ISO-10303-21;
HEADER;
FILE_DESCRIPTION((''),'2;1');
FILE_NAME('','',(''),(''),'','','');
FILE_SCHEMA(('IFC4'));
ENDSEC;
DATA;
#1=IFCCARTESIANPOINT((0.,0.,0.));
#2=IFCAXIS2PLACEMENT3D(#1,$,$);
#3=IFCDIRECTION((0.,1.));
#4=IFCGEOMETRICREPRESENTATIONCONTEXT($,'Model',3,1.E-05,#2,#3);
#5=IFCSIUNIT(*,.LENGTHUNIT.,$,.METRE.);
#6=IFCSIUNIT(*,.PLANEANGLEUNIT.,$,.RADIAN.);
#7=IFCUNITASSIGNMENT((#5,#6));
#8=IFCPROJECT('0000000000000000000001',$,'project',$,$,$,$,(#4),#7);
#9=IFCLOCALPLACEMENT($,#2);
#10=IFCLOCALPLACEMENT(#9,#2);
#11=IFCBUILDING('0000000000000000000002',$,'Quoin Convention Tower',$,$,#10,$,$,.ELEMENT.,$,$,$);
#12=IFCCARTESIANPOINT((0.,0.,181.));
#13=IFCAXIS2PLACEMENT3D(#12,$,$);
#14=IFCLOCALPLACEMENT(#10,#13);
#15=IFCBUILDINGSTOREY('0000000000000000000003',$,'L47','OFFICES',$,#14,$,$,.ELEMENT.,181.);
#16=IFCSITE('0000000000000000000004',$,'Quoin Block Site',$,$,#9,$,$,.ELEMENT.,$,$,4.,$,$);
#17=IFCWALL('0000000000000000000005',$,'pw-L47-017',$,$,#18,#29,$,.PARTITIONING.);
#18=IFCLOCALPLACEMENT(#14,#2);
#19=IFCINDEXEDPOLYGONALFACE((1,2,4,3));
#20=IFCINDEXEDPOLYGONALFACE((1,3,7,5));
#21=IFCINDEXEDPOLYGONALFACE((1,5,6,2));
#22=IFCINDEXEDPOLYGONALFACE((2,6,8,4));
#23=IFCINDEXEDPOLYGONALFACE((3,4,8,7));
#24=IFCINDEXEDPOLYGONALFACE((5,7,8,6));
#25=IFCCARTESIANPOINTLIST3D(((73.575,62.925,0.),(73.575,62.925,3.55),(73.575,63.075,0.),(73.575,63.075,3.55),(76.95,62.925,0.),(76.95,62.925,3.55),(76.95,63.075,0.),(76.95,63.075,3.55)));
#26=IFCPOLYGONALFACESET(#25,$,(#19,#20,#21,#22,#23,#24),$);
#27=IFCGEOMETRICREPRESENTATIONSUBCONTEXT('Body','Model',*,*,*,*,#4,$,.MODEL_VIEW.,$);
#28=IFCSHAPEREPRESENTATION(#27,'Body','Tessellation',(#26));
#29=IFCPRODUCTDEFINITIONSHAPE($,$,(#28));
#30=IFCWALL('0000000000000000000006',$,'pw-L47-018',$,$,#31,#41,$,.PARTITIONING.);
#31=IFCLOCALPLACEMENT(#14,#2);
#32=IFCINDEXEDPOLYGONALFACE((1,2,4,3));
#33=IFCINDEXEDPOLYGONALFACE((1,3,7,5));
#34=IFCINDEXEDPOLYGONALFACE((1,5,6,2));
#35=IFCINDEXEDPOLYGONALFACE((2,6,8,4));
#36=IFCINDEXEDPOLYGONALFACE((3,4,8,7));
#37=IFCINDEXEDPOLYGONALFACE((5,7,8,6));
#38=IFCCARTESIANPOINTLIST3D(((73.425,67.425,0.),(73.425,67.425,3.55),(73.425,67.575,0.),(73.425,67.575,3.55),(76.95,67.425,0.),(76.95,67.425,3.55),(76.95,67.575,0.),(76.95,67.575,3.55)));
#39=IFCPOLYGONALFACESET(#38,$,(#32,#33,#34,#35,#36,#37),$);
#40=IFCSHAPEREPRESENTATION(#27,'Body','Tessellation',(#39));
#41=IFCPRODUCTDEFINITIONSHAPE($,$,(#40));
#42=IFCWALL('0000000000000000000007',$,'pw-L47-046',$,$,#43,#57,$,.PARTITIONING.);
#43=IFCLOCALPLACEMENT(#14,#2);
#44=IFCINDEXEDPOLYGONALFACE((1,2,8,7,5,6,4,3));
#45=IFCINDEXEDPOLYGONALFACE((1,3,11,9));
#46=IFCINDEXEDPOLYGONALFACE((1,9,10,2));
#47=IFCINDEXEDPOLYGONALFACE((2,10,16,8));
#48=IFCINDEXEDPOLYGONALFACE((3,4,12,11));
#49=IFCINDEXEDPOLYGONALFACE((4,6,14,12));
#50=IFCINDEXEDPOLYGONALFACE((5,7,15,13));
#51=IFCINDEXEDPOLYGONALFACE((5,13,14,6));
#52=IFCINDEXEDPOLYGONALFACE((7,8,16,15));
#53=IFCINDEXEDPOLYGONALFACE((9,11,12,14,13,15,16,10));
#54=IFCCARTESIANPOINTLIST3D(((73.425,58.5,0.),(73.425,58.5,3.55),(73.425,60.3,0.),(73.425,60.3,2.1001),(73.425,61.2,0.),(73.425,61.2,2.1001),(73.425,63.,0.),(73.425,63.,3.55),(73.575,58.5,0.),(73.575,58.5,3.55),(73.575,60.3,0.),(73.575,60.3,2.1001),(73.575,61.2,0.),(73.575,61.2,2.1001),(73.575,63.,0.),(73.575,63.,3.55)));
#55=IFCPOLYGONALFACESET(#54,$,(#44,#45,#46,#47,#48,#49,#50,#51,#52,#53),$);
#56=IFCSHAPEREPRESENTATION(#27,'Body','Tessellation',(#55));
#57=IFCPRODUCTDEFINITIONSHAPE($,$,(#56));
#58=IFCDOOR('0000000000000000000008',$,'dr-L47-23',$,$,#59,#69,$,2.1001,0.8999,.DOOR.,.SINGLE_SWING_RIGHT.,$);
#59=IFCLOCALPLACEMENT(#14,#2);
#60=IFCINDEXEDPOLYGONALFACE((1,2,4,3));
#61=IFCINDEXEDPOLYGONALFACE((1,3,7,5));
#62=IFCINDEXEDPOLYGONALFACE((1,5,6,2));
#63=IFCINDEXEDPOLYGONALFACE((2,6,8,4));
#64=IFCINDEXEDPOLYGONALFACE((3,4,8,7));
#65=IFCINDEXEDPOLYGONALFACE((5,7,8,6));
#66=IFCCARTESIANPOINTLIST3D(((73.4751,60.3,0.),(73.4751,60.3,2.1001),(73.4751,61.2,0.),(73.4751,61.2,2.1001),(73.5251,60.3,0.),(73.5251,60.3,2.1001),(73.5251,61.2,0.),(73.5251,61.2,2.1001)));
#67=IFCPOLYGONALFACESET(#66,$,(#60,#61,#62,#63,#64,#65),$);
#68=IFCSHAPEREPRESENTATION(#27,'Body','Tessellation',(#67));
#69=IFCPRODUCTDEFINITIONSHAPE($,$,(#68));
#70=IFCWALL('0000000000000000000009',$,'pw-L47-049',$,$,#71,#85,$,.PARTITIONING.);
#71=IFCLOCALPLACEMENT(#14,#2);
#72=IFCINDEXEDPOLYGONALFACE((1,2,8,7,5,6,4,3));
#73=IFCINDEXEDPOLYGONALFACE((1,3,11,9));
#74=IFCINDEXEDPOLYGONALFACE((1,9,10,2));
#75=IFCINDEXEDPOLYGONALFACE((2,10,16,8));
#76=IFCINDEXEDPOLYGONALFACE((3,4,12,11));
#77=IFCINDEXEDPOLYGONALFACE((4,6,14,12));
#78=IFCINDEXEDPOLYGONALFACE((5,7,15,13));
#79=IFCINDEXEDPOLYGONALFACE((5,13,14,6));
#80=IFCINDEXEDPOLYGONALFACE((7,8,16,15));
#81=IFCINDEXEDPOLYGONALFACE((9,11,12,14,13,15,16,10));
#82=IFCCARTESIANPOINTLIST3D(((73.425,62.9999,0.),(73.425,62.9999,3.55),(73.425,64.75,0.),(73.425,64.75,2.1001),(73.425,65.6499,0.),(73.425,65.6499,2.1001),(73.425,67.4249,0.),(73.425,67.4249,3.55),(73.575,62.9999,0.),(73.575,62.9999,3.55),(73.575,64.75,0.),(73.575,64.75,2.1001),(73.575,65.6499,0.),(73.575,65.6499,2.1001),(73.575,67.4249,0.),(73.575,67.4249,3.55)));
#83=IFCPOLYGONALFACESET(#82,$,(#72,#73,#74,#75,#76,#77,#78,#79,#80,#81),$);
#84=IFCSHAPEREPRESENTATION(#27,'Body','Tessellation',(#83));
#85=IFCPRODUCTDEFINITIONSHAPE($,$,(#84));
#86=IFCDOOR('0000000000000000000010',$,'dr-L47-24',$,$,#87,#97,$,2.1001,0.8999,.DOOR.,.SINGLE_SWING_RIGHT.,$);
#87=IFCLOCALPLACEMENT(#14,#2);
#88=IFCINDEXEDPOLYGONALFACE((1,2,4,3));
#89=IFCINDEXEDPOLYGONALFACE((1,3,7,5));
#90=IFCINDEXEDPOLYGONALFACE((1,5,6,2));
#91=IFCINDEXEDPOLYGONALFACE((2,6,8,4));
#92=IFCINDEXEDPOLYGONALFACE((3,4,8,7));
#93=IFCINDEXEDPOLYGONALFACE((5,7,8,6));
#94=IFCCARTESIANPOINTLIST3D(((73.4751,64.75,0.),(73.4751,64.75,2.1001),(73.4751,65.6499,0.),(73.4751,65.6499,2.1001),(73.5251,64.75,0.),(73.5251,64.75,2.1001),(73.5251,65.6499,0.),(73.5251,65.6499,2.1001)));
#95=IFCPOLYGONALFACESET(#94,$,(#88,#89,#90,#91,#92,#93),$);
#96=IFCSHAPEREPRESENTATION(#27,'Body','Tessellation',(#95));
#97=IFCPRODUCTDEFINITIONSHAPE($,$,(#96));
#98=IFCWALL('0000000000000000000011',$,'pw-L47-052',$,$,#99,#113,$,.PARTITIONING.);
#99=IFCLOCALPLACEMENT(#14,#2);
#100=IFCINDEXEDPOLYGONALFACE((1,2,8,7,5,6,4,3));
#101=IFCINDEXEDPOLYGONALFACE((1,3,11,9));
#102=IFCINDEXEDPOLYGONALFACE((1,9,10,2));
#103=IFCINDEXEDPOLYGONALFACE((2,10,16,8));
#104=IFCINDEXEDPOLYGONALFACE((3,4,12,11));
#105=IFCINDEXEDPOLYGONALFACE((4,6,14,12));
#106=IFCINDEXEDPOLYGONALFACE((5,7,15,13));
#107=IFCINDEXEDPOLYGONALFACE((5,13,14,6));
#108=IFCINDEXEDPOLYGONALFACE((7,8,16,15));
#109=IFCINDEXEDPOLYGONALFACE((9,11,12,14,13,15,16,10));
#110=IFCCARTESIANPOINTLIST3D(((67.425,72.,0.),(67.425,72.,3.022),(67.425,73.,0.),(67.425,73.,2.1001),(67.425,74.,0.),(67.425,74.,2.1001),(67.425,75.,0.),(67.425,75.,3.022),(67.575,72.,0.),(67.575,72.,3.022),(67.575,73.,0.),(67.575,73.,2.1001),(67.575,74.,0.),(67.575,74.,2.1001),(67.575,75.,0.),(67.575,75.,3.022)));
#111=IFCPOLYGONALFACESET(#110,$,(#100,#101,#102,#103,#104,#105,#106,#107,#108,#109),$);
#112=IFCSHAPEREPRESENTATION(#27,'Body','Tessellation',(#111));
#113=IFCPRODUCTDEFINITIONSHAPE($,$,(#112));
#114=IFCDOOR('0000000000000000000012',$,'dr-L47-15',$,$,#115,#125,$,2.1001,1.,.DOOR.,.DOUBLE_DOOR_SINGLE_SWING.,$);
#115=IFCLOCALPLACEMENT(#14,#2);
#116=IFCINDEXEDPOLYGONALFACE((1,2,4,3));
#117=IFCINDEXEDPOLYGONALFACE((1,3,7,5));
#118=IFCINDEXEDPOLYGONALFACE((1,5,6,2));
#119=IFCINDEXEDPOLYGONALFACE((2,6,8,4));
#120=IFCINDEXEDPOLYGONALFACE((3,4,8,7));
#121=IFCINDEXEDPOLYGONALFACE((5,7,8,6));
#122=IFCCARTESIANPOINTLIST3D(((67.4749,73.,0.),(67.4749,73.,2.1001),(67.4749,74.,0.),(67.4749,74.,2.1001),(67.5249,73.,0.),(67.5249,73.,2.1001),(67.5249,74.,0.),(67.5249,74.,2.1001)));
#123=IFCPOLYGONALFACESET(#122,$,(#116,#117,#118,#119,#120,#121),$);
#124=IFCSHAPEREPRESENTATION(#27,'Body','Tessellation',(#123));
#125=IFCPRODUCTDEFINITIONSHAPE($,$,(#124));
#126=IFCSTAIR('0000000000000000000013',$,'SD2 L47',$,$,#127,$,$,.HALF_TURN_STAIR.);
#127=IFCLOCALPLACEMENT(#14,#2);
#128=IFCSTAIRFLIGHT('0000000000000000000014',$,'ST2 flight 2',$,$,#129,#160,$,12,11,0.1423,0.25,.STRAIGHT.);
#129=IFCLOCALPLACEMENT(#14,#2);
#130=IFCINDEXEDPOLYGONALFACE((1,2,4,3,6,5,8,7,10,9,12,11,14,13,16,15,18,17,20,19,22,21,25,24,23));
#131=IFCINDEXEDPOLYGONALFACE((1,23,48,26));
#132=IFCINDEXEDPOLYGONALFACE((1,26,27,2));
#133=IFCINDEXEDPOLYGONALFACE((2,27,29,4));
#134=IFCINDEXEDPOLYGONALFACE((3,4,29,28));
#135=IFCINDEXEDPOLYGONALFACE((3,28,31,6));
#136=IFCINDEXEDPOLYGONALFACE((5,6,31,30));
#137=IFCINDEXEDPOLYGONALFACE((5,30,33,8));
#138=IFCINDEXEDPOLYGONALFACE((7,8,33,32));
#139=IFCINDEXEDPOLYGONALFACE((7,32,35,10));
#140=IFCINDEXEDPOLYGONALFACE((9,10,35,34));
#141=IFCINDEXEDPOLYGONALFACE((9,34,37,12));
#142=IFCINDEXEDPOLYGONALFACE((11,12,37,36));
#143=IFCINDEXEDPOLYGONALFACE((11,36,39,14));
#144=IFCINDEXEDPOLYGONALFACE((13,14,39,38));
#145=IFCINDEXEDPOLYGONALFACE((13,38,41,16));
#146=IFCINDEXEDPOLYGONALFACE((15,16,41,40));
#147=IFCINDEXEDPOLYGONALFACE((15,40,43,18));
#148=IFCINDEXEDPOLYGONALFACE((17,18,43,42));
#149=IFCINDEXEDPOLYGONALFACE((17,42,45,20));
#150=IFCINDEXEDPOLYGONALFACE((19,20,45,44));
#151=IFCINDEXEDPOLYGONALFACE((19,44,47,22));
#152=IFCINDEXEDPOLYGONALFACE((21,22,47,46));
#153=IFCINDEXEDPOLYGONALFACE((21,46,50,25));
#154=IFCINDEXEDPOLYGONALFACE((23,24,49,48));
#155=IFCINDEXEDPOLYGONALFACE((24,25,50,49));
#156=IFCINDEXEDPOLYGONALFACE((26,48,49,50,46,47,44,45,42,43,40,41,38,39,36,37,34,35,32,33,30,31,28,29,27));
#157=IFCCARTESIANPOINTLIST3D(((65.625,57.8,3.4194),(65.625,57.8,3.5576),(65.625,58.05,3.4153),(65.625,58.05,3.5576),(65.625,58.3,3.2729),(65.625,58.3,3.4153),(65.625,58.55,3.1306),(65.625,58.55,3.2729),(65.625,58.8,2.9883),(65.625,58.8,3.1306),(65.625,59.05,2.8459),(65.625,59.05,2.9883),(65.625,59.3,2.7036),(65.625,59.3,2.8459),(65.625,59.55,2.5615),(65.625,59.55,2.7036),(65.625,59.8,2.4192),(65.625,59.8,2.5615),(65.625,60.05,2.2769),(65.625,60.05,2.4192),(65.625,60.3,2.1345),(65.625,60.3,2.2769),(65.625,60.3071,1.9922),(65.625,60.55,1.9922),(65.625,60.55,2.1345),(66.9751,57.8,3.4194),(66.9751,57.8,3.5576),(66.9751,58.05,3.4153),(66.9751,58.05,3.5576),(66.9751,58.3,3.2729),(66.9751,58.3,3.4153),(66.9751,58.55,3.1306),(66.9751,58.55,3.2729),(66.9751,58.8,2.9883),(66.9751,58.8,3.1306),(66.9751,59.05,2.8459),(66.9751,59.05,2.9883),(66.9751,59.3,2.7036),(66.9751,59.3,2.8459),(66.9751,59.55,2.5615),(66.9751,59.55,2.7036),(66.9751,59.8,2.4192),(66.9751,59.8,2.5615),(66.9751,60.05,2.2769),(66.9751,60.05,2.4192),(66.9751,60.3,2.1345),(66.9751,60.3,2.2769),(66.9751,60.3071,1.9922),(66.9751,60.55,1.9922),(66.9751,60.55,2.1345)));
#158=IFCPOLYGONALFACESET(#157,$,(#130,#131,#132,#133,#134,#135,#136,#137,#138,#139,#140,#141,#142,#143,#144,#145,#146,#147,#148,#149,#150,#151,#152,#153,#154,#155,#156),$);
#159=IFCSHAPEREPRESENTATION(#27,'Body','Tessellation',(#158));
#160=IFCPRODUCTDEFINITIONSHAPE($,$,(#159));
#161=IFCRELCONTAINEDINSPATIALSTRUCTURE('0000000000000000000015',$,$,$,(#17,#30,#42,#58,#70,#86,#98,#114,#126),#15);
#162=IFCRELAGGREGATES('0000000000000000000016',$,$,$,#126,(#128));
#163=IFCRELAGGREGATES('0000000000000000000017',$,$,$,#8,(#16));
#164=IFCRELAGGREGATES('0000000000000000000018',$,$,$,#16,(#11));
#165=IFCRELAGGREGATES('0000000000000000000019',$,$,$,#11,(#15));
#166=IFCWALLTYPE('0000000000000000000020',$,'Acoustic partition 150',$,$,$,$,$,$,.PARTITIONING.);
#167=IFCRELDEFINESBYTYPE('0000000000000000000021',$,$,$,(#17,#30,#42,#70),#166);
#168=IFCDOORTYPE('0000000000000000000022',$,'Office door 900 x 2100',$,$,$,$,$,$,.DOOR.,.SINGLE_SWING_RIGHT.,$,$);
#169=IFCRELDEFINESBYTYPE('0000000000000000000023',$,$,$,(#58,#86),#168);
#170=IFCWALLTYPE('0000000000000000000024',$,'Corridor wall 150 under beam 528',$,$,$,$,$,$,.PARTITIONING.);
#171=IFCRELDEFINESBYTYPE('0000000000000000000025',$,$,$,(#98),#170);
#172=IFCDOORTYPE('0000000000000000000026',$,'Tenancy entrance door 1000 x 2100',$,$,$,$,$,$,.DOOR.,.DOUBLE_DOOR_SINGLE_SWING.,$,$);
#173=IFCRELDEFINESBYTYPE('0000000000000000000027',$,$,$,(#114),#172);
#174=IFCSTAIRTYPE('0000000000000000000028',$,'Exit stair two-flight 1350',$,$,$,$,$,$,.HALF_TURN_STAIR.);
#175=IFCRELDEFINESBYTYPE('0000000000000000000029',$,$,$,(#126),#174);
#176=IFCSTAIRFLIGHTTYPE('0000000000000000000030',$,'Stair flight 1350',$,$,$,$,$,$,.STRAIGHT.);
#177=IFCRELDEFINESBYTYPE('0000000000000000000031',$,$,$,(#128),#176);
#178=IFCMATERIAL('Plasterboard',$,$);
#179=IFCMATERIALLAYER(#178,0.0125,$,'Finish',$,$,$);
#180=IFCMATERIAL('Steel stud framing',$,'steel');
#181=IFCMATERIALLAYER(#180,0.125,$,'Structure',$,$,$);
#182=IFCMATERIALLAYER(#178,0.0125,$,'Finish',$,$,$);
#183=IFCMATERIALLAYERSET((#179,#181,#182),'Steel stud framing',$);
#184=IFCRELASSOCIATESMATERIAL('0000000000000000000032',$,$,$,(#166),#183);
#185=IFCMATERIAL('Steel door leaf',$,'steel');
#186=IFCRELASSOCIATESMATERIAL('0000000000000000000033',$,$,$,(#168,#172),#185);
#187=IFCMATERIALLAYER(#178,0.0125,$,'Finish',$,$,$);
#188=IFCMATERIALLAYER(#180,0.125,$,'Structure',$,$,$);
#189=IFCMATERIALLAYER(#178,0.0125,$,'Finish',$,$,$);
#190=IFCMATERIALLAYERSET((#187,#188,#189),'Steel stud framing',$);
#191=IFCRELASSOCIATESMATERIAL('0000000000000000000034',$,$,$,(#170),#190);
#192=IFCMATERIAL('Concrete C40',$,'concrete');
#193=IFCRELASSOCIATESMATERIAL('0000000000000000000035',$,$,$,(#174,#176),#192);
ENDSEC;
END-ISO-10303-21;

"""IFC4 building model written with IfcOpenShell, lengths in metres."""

from ifc_helpers import new_model, si_unit, direction, frame, frame_2d, origin, place, context, subcontext, project, spatial, polyline, rectangle, outline, extrude, material, layer, layer_set, type_object, element, fill, aggregate, save


model = new_model("IFC4")

# Units and contexts
model_context = context("Model", 3, precision=1e-05, world=origin(), true_north=direction((0.0, 1.0)))
body_context = subcontext(model_context, "Body", "Model", "MODEL_VIEW")
ifc_project = project(units=[si_unit("LENGTHUNIT", "METRE"), si_unit("PLANEANGLEUNIT", "RADIAN")], contexts=[model_context])

# Site, building, storey
site_placement = place(None, origin())
site = spatial("IfcSite", under=ifc_project, at=site_placement, Name="Quoin Block Site", CompositionType="ELEMENT", RefElevation=4.0)
building_placement = place(site_placement, origin())
building = spatial("IfcBuilding", under=site, at=building_placement, Name="Quoin Convention Tower", CompositionType="ELEMENT")
storey_placement = place(building_placement, frame((0.0, 0.0, 181.0)))
storey = spatial("IfcBuildingStorey", under=building, at=storey_placement, Name="L47", Description="OFFICES", CompositionType="ELEMENT", Elevation=181.0)

# Walls
ifc_material_1 = material(Name="Plasterboard")
ifc_layer_1 = layer(ifc_material_1, 0.0125, Name="Finish")
ifc_material_2 = material(Name="Steel stud framing", Category="steel")
ifc_layer_2 = layer(ifc_material_2, 0.125, Name="Structure")
ifc_layer_3 = layer(ifc_material_1, 0.0125, Name="Finish")
ifc_layer_set_1 = layer_set([ifc_layer_1, ifc_layer_2, ifc_layer_3], Name="Steel stud framing")
wall_type_1 = type_object("IfcWallType", Name="Acoustic partition 150", PredefinedType="PARTITIONING", material=ifc_layer_set_1)
for number, where, z_axis, x_axis, name in (
    (1, (73.575, 63.0, 0.0), (0.0, 0.0, 1.0), (1.0, 0.0, 0.0), "pw-L47-017"),
):
    element("IfcWall", number, at=place(storey_placement, frame(where, z_axis=z_axis, x_axis=x_axis)), inside=storey, type_object=wall_type_1, Name=name, PredefinedType="PARTITIONING", context=body_context, shape_type="SweptSolid", body=[
        extrude(rectangle(XDim=3.375, YDim=0.1499, at=frame_2d((1.6875, 0.0))), origin(), (0.0, 0.0, 1.0), 3.55),
    ])
wall_1_placement = place(storey_placement, frame((73.425, 67.5, 0.0), z_axis=(0.0, 0.0, 1.0), x_axis=(1.0, 0.0, 0.0)))
element("IfcWall", 2, at=wall_1_placement, inside=storey, type_object=wall_type_1, Name="pw-L47-018", PredefinedType="PARTITIONING", context=body_context, shape_type="SweptSolid", body=[
    extrude(rectangle(XDim=3.5249, YDim=0.1499, at=frame_2d((1.7625, 0.0))), origin(), (0.0, 0.0, 1.0), 3.55),
])

# Walls, openings, doors
wall_2_placement = place(storey_placement, frame((73.5, 58.5, 0.0), z_axis=(0.0, 0.0, 1.0), x_axis=(0.0, 1.0, 0.0)))
wall_2 = element("IfcWall", 3, at=wall_2_placement, inside=storey, type_object=wall_type_1, Name="pw-L47-046", PredefinedType="PARTITIONING", context=body_context, shape_type="SweptSolid", body=[
    extrude(rectangle(XDim=4.5, YDim=0.1499, at=frame_2d((2.25, 0.0))), origin(), (0.0, 0.0, 1.0), 3.55),
])
opening_1_placement = place(wall_2_placement, frame((1.8, 0.0, 0.0)))
opening_1 = element("IfcOpeningElement", 4, at=opening_1_placement, cuts=wall_2, PredefinedType="OPENING", context=body_context, shape_type="SweptSolid", body=[
    extrude(rectangle(XDim=0.8999, YDim=2.1001, at=frame_2d((0.45, 1.05))), frame((0.0, 0.085, 0.0), z_axis=(0.0, -1.0, 0.0), x_axis=(1.0, 0.0, 0.0)), (0.0, 0.0, 1.0), 0.1699),
])
ifc_material_3 = material(Name="Steel door leaf", Category="steel")
door_type_1 = type_object("IfcDoorType", Name="Office door 900 x 2100", OperationType="SINGLE_SWING_RIGHT", PredefinedType="DOOR", material=ifc_material_3)
door_1_placement = place(opening_1_placement, origin())
door_1 = element("IfcDoor", 5, at=door_1_placement, inside=storey, type_object=door_type_1, Name="dr-L47-23", OperationType="SINGLE_SWING_RIGHT", OverallHeight=2.1001, OverallWidth=0.8999, PredefinedType="DOOR", context=body_context, shape_type="SweptSolid", body=[
    extrude(rectangle(XDim=0.8999, YDim=2.1001, at=frame_2d((0.45, 1.05))), frame((0.0, 0.0249, 0.0), z_axis=(0.0, -1.0, 0.0), x_axis=(1.0, 0.0, 0.0)), (0.0, 0.0, 1.0), 0.05),
])
fill(opening_1, door_1)
wall_3_placement = place(storey_placement, frame((73.5, 63.0, 0.0), z_axis=(0.0, 0.0, 1.0), x_axis=(0.0, 1.0, 0.0)))
wall_3 = element("IfcWall", 6, at=wall_3_placement, inside=storey, type_object=wall_type_1, Name="pw-L47-049", PredefinedType="PARTITIONING", context=body_context, shape_type="SweptSolid", body=[
    extrude(rectangle(XDim=4.425, YDim=0.1499, at=frame_2d((2.2124, 0.0))), origin(), (0.0, 0.0, 1.0), 3.55),
])
opening_2_placement = place(wall_3_placement, frame((1.75, 0.0, 0.0)))
opening_2 = element("IfcOpeningElement", 7, at=opening_2_placement, cuts=wall_3, PredefinedType="OPENING", context=body_context, shape_type="SweptSolid", body=[
    extrude(rectangle(XDim=0.8999, YDim=2.1001, at=frame_2d((0.45, 1.05))), frame((0.0, 0.085, 0.0), z_axis=(0.0, -1.0, 0.0), x_axis=(1.0, 0.0, 0.0)), (0.0, 0.0, 1.0), 0.1699),
])
door_2_placement = place(opening_2_placement, origin())
door_2 = element("IfcDoor", 8, at=door_2_placement, inside=storey, type_object=door_type_1, Name="dr-L47-24", OperationType="SINGLE_SWING_RIGHT", OverallHeight=2.1001, OverallWidth=0.8999, PredefinedType="DOOR", context=body_context, shape_type="SweptSolid", body=[
    extrude(rectangle(XDim=0.8999, YDim=2.1001, at=frame_2d((0.45, 1.05))), frame((0.0, 0.0249, 0.0), z_axis=(0.0, -1.0, 0.0), x_axis=(1.0, 0.0, 0.0)), (0.0, 0.0, 1.0), 0.05),
])
fill(opening_2, door_2)
ifc_layer_4 = layer(ifc_material_1, 0.0125, Name="Finish")
ifc_layer_5 = layer(ifc_material_2, 0.125, Name="Structure")
ifc_layer_6 = layer(ifc_material_1, 0.0125, Name="Finish")
ifc_layer_set_2 = layer_set([ifc_layer_4, ifc_layer_5, ifc_layer_6], Name="Steel stud framing")
wall_type_2 = type_object("IfcWallType", Name="Corridor wall 150 under beam 528", PredefinedType="PARTITIONING", material=ifc_layer_set_2)
wall_4_placement = place(storey_placement, frame((67.5, 72.0, 0.0), z_axis=(0.0, 0.0, 1.0), x_axis=(0.0, 1.0, 0.0)))
wall_4 = element("IfcWall", 9, at=wall_4_placement, inside=storey, type_object=wall_type_2, Name="pw-L47-052", PredefinedType="PARTITIONING", context=body_context, shape_type="SweptSolid", body=[
    extrude(rectangle(XDim=3.0, YDim=0.1499, at=frame_2d((1.5, 0.0))), origin(), (0.0, 0.0, 1.0), 3.022),
])
opening_3_placement = place(wall_4_placement, frame((1.0, 0.0, 0.0)))
opening_3 = element("IfcOpeningElement", 10, at=opening_3_placement, cuts=wall_4, PredefinedType="OPENING", context=body_context, shape_type="SweptSolid", body=[
    extrude(rectangle(XDim=1.0, YDim=2.1001, at=frame_2d((0.5, 1.05))), frame((0.0, 0.085, 0.0), z_axis=(0.0, -1.0, 0.0), x_axis=(1.0, 0.0, 0.0)), (0.0, 0.0, 1.0), 0.1699),
])
door_type_2 = type_object("IfcDoorType", Name="Tenancy entrance door 1000 x 2100", OperationType="DOUBLE_DOOR_SINGLE_SWING", PredefinedType="DOOR", material=ifc_material_3)
door_3_placement = place(opening_3_placement, frame((1.0, 0.0, 0.0), z_axis=(0.0, 0.0, 1.0), x_axis=(-1.0, 0.0, 0.0)))
door_3 = element("IfcDoor", 11, at=door_3_placement, inside=storey, type_object=door_type_2, Name="dr-L47-15", OperationType="DOUBLE_DOOR_SINGLE_SWING", OverallHeight=2.1001, OverallWidth=1.0, PredefinedType="DOOR", context=body_context, shape_type="SweptSolid", body=[
    extrude(rectangle(XDim=1.0, YDim=2.1001, at=frame_2d((0.5, 1.05))), frame((0.0, 0.0249, 0.0), z_axis=(0.0, -1.0, 0.0), x_axis=(1.0, 0.0, 0.0)), (0.0, 0.0, 1.0), 0.05),
])
fill(opening_3, door_3)

# Stair, stair flight
ifc_material_4 = material(Name="Concrete C40", Category="concrete")
stair_type = type_object("IfcStairType", Name="Exit stair two-flight 1350", PredefinedType="HALF_TURN_STAIR", material=ifc_material_4)
stair_placement = place(storey_placement, origin())
stair = element("IfcStair", 12, at=stair_placement, inside=storey, type_object=stair_type, Name="SD2 L47", PredefinedType="HALF_TURN_STAIR")
stair_flight_type = type_object("IfcStairFlightType", Name="Stair flight 1350", PredefinedType="STRAIGHT", material=ifc_material_4)
stair_flight_placement = place(storey_placement, frame((66.3, 60.55, 1.9922), z_axis=(0.0, 0.0, 1.0), x_axis=(0.0, -1.0, 0.0)))
stair_flight = element("IfcStairFlight", 13, at=stair_flight_placement, type_object=stair_flight_type, Name="ST2 flight 2", NumberOfRisers=12, NumberOfTreads=11, PredefinedType="STRAIGHT", RiserHeight=0.1423, TreadLength=0.25, context=body_context, shape_type="SweptSolid", body=[
    extrude(outline(polyline([(0.0, 0.0), (0.0, 0.1423), (0.25, 0.1423), (0.25, 0.2847), (0.5, 0.2847), (0.5, 0.427), (0.75, 0.427), (0.75, 0.5693), (1.0, 0.5693), (1.0, 0.7114), (1.25, 0.7114), (1.25, 0.8538), (1.5, 0.8538), (1.5, 0.9961), (1.75, 0.9961), (1.75, 1.1384), (2.0, 1.1384), (2.0, 1.2808), (2.25, 1.2808), (2.25, 1.4231), (2.5, 1.4231), (2.5, 1.5654), (2.75, 1.5654), (2.75, 1.7078), (2.75, 1.4272), (0.2429, 0.0), (0.0, 0.0)])), frame((0.0, 0.675, 0.0), z_axis=(0.0, -1.0, 0.0), x_axis=(1.0, 0.0, 0.0)), (0.0, 0.0, 1.0), 1.3501),
])
aggregate(stair, [stair_flight])

save(model, "model.ifc")
